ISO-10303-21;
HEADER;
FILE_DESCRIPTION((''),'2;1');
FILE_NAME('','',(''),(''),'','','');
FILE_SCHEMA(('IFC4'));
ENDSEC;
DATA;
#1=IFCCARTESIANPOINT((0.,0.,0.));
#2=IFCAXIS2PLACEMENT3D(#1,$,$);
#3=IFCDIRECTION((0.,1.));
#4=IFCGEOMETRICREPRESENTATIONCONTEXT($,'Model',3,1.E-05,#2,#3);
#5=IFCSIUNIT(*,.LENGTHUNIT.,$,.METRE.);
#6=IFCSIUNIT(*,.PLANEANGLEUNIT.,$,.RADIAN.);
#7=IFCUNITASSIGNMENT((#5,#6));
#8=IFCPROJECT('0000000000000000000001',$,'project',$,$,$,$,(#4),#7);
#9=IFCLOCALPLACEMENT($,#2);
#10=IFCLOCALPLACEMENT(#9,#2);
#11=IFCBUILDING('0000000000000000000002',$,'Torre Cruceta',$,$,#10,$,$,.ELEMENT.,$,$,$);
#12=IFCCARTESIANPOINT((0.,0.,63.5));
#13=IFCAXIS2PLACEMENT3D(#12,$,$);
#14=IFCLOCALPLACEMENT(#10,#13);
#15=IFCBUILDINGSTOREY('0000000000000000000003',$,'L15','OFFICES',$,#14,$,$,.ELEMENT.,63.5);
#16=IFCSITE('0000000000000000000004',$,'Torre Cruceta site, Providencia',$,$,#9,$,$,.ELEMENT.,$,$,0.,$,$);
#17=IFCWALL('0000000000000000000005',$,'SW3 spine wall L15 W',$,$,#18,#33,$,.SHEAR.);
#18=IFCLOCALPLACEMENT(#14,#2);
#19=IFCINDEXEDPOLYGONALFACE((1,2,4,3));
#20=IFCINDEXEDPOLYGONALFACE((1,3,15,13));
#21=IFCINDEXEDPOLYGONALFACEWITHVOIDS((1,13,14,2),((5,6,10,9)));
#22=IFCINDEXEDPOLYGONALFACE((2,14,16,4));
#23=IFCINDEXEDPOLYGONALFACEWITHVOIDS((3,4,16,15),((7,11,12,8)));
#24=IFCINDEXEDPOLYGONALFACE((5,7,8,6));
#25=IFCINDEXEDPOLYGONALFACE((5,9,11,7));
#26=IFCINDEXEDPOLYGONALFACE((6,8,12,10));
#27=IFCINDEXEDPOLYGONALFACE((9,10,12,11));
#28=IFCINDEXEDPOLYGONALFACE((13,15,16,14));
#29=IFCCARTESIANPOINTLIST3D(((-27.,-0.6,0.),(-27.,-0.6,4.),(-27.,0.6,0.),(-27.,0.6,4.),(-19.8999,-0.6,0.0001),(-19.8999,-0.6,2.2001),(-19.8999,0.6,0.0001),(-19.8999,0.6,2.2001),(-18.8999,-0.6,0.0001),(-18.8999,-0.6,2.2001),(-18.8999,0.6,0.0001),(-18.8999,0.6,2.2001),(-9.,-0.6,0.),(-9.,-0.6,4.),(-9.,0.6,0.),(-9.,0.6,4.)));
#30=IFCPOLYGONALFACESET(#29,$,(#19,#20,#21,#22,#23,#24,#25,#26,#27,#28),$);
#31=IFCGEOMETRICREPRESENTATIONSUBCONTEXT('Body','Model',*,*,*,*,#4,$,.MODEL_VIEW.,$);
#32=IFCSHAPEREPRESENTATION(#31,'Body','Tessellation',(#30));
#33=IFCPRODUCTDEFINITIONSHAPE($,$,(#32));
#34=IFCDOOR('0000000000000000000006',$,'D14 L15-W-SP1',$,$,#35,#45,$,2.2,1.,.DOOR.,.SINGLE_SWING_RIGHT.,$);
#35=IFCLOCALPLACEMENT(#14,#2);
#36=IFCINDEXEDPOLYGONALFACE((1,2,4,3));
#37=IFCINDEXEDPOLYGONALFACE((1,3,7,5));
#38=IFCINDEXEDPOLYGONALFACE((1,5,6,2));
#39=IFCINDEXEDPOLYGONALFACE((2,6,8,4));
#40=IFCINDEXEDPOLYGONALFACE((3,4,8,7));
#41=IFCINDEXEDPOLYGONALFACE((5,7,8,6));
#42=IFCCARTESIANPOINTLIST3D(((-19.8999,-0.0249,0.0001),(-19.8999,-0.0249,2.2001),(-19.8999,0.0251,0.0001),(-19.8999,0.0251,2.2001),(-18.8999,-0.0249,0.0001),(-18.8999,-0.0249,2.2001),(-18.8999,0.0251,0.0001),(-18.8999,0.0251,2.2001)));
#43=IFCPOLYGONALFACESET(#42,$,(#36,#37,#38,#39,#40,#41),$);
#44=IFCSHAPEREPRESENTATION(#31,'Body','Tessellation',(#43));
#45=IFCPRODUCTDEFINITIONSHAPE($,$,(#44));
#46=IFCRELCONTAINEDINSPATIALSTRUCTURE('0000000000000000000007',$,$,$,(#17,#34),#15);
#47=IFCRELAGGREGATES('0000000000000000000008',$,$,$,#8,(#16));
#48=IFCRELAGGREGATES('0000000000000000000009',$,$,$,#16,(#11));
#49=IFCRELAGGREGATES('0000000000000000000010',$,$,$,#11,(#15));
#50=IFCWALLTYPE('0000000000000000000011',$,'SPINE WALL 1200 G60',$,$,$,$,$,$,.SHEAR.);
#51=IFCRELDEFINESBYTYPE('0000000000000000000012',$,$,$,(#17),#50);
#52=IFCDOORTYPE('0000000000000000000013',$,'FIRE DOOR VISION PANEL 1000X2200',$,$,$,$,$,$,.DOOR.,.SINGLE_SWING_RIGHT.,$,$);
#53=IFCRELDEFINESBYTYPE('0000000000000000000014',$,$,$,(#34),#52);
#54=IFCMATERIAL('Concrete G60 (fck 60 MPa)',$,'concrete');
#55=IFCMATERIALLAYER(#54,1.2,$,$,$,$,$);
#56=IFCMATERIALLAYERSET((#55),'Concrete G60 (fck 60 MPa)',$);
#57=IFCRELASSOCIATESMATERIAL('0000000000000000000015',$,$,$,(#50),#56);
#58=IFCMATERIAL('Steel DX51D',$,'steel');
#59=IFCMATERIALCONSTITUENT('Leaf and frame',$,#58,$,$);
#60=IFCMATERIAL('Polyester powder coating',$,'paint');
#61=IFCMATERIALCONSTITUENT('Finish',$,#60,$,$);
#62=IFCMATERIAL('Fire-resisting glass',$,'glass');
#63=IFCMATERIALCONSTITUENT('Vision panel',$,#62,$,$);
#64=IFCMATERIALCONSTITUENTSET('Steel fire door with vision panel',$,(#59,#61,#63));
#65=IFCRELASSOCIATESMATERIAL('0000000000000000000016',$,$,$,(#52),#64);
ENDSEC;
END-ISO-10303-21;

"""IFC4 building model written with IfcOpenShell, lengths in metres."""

from ifc_helpers import new_model, si_unit, direction, frame, frame_2d, origin, place, context, subcontext, project, spatial, rectangle, extrude, material, layer, layer_set, constituent, constituent_set, type_object, element, fill, save


model = new_model("IFC4")

# Units and contexts
model_context = context("Model", 3, precision=1e-05, world=origin(), true_north=direction((0.0, 1.0)))
body_context = subcontext(model_context, "Body", "Model", "MODEL_VIEW")
ifc_project = project(units=[si_unit("LENGTHUNIT", "METRE"), si_unit("PLANEANGLEUNIT", "RADIAN")], contexts=[model_context])

# Site, building, storey
site_placement = place(None, origin())
site = spatial("IfcSite", under=ifc_project, at=site_placement, Name="Torre Cruceta site, Providencia", CompositionType="ELEMENT", RefElevation=0.0)
building_placement = place(site_placement, origin())
building = spatial("IfcBuilding", under=site, at=building_placement, Name="Torre Cruceta", CompositionType="ELEMENT")
storey_placement = place(building_placement, frame((0.0, 0.0, 63.5)))
storey = spatial("IfcBuildingStorey", under=building, at=storey_placement, Name="L15", Description="OFFICES", CompositionType="ELEMENT", Elevation=63.5)

# Wall, opening, door
ifc_material_1 = material(Name="Concrete G60 (fck 60 MPa)", Category="concrete")
ifc_layer_1 = layer(ifc_material_1, 1.2)
ifc_layer_set_1 = layer_set([ifc_layer_1], Name="Concrete G60 (fck 60 MPa)")
wall_type_1 = type_object("IfcWallType", Name="SPINE WALL 1200 G60", PredefinedType="SHEAR", material=ifc_layer_set_1)
wall_1_placement = place(storey_placement, frame((-9.0, 0.0, 0.0), z_axis=(0.0, 0.0, 1.0), x_axis=(-1.0, 0.0, 0.0)))
wall_1 = element("IfcWall", 1, at=wall_1_placement, inside=storey, type_object=wall_type_1, Name="SW3 spine wall L15 W", PredefinedType="SHEAR", context=body_context, shape_type="SweptSolid", body=[
    extrude(rectangle(XDim=18.0, YDim=1.2, at=frame_2d((9.0, 0.0))), origin(), (0.0, 0.0, 1.0), 4.0),
])
opening_1_placement = place(wall_1_placement, frame((9.8999, 0.0, 0.0)))
opening_1 = element("IfcOpeningElement", 2, at=opening_1_placement, cuts=wall_1, PredefinedType="OPENING", context=body_context, shape_type="SweptSolid", body=[
    extrude(rectangle(XDim=1.0, YDim=2.2, at=frame_2d((0.5, 1.1001))), frame((0.0, 0.6099, 0.0), z_axis=(0.0, -1.0, 0.0), x_axis=(1.0, 0.0, 0.0)), (0.0, 0.0, 1.0), 1.22),
])
ifc_material_2 = material(Name="Steel DX51D", Category="steel")
ifc_constituent_1 = constituent(ifc_material_2, Name="Leaf and frame")
ifc_material_3 = material(Name="Polyester powder coating", Category="paint")
ifc_constituent_2 = constituent(ifc_material_3, Name="Finish")
ifc_material_4 = material(Name="Fire-resisting glass", Category="glass")
ifc_constituent_3 = constituent(ifc_material_4, Name="Vision panel")
ifc_constituent_set_1 = constituent_set(constituents=[ifc_constituent_1, ifc_constituent_2, ifc_constituent_3], Name="Steel fire door with vision panel")
door_type_1 = type_object("IfcDoorType", Name="FIRE DOOR VISION PANEL 1000X2200", OperationType="SINGLE_SWING_RIGHT", PredefinedType="DOOR", material=ifc_constituent_set_1)
door_1_placement = place(opening_1_placement, frame((1.0, 0.0, 0.0), z_axis=(0.0, 0.0, 1.0), x_axis=(-1.0, 0.0, 0.0)))
door_1 = element("IfcDoor", 3, at=door_1_placement, inside=storey, type_object=door_type_1, Name="D14 L15-W-SP1", OperationType="SINGLE_SWING_RIGHT", OverallHeight=2.2, OverallWidth=1.0, PredefinedType="DOOR", context=body_context, shape_type="SweptSolid", body=[
    extrude(rectangle(XDim=1.0, YDim=2.2, at=frame_2d((0.5, 1.1001))), frame((0.0, 0.0251, 0.0), z_axis=(0.0, -1.0, 0.0), x_axis=(1.0, 0.0, 0.0)), (0.0, 0.0, 1.0), 0.05),
])
fill(opening_1, door_1)

save(model, "model.ifc")
